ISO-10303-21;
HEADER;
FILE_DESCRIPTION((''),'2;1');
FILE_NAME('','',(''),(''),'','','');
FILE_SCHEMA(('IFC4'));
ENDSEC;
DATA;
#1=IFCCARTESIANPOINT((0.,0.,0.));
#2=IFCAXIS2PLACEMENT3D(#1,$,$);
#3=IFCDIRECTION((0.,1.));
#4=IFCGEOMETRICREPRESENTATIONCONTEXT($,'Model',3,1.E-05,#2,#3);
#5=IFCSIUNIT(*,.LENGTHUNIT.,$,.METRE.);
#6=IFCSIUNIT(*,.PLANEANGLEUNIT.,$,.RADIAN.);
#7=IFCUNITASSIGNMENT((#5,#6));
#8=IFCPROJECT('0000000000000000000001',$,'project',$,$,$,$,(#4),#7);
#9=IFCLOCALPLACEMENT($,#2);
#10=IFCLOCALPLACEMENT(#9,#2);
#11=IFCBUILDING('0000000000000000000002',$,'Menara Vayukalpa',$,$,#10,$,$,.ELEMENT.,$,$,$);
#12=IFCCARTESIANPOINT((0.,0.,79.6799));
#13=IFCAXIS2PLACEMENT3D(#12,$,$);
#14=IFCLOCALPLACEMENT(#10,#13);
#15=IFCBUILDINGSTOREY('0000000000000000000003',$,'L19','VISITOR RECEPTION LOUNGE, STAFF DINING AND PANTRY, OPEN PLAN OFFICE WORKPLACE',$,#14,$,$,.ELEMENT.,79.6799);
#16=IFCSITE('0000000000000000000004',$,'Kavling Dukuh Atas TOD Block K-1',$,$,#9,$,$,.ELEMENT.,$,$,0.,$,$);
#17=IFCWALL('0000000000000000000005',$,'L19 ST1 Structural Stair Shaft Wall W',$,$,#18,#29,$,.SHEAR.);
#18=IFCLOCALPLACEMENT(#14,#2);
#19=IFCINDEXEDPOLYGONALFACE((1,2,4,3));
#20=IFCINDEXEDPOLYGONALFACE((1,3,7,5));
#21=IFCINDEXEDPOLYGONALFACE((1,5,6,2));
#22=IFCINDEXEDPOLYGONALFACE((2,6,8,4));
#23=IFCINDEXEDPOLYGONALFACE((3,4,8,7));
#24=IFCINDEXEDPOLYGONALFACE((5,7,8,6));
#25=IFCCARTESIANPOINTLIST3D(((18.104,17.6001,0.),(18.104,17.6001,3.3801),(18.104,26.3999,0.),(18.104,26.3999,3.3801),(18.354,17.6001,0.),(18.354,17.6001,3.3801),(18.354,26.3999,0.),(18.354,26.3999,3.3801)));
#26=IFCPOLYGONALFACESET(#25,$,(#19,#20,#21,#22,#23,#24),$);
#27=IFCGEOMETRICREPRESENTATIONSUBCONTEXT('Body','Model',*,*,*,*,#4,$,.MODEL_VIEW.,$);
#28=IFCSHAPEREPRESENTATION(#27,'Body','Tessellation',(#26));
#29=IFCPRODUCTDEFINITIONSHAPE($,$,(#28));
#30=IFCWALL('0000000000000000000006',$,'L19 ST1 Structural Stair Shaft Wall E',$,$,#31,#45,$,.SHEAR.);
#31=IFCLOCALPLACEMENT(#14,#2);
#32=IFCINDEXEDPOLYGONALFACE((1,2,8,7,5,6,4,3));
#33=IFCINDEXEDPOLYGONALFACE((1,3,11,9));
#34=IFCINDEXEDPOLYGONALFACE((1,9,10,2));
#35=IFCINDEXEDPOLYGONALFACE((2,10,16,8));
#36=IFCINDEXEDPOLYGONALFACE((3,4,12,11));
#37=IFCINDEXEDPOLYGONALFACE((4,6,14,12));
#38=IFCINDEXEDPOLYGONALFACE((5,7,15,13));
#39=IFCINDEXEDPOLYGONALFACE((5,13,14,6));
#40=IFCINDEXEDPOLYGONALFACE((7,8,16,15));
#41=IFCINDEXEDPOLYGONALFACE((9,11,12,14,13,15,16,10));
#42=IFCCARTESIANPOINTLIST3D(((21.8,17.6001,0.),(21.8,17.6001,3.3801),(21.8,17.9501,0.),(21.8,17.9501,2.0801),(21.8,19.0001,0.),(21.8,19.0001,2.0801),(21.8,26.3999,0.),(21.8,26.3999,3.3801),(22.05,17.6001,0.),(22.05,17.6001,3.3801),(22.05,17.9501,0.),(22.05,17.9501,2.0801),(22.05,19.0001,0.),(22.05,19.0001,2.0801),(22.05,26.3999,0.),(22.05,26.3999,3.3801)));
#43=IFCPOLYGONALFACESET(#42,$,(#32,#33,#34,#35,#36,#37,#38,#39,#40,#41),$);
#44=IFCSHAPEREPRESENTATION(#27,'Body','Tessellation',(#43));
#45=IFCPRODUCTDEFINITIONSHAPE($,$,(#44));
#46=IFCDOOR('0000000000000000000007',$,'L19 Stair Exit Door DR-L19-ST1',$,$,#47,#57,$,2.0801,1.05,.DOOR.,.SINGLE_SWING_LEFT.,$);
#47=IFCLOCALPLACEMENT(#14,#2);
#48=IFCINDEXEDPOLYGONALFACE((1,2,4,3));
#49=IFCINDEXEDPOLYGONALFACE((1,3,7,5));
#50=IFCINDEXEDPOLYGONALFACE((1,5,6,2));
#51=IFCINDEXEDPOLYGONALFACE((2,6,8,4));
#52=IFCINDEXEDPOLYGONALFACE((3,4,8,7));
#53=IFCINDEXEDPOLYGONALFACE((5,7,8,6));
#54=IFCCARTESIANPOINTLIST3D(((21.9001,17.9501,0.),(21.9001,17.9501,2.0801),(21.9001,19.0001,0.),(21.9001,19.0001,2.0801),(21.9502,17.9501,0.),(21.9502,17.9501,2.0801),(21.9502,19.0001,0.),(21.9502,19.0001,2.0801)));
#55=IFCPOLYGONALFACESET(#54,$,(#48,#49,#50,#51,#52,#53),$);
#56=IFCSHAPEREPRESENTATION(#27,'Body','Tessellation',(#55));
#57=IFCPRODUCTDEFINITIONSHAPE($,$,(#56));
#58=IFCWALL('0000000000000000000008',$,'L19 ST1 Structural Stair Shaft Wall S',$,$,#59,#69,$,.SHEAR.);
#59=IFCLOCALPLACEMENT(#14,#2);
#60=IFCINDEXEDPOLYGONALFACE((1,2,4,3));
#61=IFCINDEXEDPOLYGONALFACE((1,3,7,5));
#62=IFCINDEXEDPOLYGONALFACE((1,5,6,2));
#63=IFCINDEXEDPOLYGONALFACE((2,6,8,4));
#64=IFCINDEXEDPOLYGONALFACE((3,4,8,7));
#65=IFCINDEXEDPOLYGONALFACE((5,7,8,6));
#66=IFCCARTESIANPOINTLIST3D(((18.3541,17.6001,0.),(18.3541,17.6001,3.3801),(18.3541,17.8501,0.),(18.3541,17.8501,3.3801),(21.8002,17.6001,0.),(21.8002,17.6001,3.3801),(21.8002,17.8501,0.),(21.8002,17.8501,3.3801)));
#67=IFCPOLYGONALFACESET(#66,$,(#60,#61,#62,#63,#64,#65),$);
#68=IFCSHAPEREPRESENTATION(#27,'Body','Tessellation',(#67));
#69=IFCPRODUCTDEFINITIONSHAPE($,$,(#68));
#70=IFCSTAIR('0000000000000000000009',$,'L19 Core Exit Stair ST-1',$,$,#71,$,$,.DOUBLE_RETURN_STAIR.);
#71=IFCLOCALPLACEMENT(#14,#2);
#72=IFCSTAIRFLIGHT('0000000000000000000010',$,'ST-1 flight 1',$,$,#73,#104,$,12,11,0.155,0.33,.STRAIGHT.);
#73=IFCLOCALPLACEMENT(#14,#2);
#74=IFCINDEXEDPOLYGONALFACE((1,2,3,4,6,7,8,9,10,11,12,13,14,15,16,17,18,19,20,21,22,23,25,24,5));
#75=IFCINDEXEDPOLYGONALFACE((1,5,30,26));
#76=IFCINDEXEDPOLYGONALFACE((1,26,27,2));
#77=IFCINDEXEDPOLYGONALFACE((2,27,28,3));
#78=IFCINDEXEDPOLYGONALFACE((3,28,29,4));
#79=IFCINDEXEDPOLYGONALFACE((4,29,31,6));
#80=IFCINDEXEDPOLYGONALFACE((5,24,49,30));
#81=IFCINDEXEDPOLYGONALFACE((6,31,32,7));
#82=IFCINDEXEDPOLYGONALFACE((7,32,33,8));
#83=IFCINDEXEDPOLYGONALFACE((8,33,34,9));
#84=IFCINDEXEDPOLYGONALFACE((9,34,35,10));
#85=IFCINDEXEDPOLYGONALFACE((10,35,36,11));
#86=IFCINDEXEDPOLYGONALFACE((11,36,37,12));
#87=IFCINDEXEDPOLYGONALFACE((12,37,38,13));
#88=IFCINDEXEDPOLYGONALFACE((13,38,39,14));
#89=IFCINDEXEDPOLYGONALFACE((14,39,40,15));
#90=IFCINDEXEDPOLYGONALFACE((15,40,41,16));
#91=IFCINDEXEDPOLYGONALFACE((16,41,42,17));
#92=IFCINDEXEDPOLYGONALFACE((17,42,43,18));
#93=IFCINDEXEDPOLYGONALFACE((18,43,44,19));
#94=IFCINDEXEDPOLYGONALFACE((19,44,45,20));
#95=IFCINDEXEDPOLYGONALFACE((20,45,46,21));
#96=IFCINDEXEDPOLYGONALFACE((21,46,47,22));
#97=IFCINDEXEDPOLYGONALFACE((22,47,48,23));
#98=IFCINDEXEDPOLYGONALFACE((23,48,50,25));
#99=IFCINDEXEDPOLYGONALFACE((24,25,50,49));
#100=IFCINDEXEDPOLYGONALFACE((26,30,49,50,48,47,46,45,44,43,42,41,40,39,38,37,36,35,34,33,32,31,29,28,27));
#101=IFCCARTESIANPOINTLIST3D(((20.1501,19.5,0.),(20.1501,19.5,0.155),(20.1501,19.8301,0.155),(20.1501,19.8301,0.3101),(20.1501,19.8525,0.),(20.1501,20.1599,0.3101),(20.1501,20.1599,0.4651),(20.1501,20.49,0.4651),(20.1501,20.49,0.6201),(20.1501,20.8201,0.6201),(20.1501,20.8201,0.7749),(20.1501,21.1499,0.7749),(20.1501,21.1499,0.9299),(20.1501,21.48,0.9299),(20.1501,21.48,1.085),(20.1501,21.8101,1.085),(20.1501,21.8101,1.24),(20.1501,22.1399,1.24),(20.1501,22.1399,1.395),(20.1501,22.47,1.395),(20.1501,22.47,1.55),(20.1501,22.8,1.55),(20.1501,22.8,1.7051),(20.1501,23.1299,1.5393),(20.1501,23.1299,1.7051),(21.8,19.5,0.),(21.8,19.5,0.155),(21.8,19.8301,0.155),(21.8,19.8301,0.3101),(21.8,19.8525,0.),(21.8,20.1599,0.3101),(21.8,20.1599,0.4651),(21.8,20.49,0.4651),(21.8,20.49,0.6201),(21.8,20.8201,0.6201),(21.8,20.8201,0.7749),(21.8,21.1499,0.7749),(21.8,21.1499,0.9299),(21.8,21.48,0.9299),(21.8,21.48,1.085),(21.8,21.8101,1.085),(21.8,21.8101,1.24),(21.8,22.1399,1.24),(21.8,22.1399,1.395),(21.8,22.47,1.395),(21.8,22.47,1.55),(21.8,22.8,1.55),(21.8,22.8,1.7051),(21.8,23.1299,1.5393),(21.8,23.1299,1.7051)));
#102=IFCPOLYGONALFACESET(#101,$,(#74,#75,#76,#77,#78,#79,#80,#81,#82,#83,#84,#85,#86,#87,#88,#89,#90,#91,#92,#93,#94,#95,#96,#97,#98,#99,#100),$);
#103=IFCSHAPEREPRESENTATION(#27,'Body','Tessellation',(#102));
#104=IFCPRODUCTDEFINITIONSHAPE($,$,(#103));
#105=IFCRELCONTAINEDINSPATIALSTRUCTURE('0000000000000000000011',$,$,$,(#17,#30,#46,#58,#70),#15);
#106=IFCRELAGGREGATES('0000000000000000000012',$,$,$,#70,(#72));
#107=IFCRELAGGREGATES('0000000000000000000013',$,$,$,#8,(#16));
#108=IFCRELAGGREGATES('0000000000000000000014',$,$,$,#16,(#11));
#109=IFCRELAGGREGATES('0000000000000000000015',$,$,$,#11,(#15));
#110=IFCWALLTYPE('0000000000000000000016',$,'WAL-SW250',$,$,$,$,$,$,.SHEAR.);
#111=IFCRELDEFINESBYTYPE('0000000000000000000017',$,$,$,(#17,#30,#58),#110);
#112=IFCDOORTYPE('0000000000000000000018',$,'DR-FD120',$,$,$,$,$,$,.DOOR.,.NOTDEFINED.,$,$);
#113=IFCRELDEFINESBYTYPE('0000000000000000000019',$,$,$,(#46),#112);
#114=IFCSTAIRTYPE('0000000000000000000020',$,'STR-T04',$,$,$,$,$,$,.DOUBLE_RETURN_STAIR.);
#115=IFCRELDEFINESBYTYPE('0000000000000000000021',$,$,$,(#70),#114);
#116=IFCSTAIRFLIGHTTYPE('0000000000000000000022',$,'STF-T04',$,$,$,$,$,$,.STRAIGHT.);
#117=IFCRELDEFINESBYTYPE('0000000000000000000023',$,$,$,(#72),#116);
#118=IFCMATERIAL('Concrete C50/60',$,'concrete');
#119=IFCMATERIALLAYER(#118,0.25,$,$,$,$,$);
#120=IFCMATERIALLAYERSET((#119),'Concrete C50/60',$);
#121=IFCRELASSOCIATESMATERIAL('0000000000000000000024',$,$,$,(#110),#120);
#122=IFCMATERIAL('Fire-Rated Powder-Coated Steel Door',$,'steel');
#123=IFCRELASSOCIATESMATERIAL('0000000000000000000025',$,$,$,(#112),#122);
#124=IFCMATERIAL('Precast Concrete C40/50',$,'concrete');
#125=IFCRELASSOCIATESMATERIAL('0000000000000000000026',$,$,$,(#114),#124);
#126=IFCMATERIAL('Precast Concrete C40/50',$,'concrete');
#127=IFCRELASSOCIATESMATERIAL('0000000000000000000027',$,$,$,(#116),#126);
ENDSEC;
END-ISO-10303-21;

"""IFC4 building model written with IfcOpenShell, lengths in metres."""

from ifc_helpers import new_model, si_unit, direction, frame, frame_2d, origin, place, context, subcontext, project, spatial, polyline, rectangle, outline, extrude, material, layer, layer_set, type_object, element, fill, aggregate, save


model = new_model("IFC4")

# Units and contexts
model_context = context("Model", 3, precision=1e-05, world=origin(), true_north=direction((0.0, 1.0)))
body_context = subcontext(model_context, "Body", "Model", "MODEL_VIEW")
ifc_project = project(units=[si_unit("LENGTHUNIT", "METRE"), si_unit("PLANEANGLEUNIT", "RADIAN")], contexts=[model_context])

# Site, building, storey
site_placement = place(None, origin())
site = spatial("IfcSite", under=ifc_project, at=site_placement, Name="Kavling Dukuh Atas TOD Block K-1", CompositionType="ELEMENT", RefElevation=0.0)
building_placement = place(site_placement, origin())
building = spatial("IfcBuilding", under=site, at=building_placement, Name="Menara Vayukalpa", CompositionType="ELEMENT")
storey_placement = place(building_placement, frame((0.0, 0.0, 79.6799)))
storey = spatial("IfcBuildingStorey", under=building, at=storey_placement, Name="L19", Description="VISITOR RECEPTION LOUNGE, STAFF DINING AND PANTRY, OPEN PLAN OFFICE WORKPLACE", CompositionType="ELEMENT", Elevation=79.6799)

# Wall
ifc_material_1 = material(Name="Concrete C50/60", Category="concrete")
ifc_layer_1 = layer(ifc_material_1, 0.25)
ifc_layer_set_1 = layer_set([ifc_layer_1], Name="Concrete C50/60")
wall_type_1 = type_object("IfcWallType", Name="WAL-SW250", PredefinedType="SHEAR", material=ifc_layer_set_1)
wall_1_placement = place(storey_placement, frame((18.229, 17.6001, 0.0), z_axis=(0.0, 0.0, 1.0), x_axis=(0.0, 1.0, 0.0)))
element("IfcWall", 1, at=wall_1_placement, inside=storey, type_object=wall_type_1, Name="L19 ST1 Structural Stair Shaft Wall W", PredefinedType="SHEAR", context=body_context, shape_type="SweptSolid", body=[
    extrude(rectangle(XDim=8.7998, YDim=0.25, at=frame_2d((4.3999, 0.0))), origin(), (0.0, 0.0, 1.0), 3.3801),
])

# Wall, opening, door
wall_2_placement = place(storey_placement, frame((21.925, 17.6001, 0.0), z_axis=(0.0, 0.0, 1.0), x_axis=(0.0, 1.0, 0.0)))
wall_2 = element("IfcWall", 2, at=wall_2_placement, inside=storey, type_object=wall_type_1, Name="L19 ST1 Structural Stair Shaft Wall E", PredefinedType="SHEAR", context=body_context, shape_type="SweptSolid", body=[
    extrude(rectangle(XDim=8.7998, YDim=0.25, at=frame_2d((4.3999, 0.0))), origin(), (0.0, 0.0, 1.0), 3.3801),
])
opening_1_placement = place(wall_2_placement, frame((0.3501, 0.0, 0.0)))
opening_1 = element("IfcOpeningElement", 3, at=opening_1_placement, cuts=wall_2, PredefinedType="OPENING", context=body_context, shape_type="SweptSolid", body=[
    extrude(rectangle(XDim=1.05, YDim=2.0801, at=frame_2d((0.5249, 1.04))), frame((0.0, 0.135, 0.0), z_axis=(0.0, -1.0, 0.0), x_axis=(1.0, 0.0, 0.0)), (0.0, 0.0, 1.0), 0.27),
])
ifc_material_2 = material(Name="Fire-Rated Powder-Coated Steel Door", Category="steel")
door_type_1 = type_object("IfcDoorType", Name="DR-FD120", OperationType="NOTDEFINED", PredefinedType="DOOR", material=ifc_material_2)
door_1_placement = place(opening_1_placement, origin())
door_1 = element("IfcDoor", 4, at=door_1_placement, inside=storey, type_object=door_type_1, Name="L19 Stair Exit Door DR-L19-ST1", OperationType="SINGLE_SWING_LEFT", OverallHeight=2.0801, OverallWidth=1.05, PredefinedType="DOOR", context=body_context, shape_type="SweptSolid", body=[
    extrude(rectangle(XDim=1.05, YDim=2.0801, at=frame_2d((0.5249, 1.04))), frame((0.0, 0.0249, 0.0), z_axis=(0.0, -1.0, 0.0), x_axis=(1.0, 0.0, 0.0)), (0.0, 0.0, 1.0), 0.05),
])
fill(opening_1, door_1)

# Wall
wall_3_placement = place(storey_placement, frame((18.354, 17.7251, 0.0), z_axis=(0.0, 0.0, 1.0), x_axis=(1.0, 0.0, 0.0)))
element("IfcWall", 5, at=wall_3_placement, inside=storey, type_object=wall_type_1, Name="L19 ST1 Structural Stair Shaft Wall S", PredefinedType="SHEAR", context=body_context, shape_type="SweptSolid", body=[
    extrude(rectangle(XDim=3.446, YDim=0.25, at=frame_2d((1.7231, 0.0))), origin(), (0.0, 0.0, 1.0), 3.3801),
])

# Stair, stair flight
ifc_material_3 = material(Name="Precast Concrete C40/50", Category="concrete")
stair_type = type_object("IfcStairType", Name="STR-T04", PredefinedType="DOUBLE_RETURN_STAIR", material=ifc_material_3)
stair_placement = place(storey_placement, origin())
stair = element("IfcStair", 6, at=stair_placement, inside=storey, type_object=stair_type, Name="L19 Core Exit Stair ST-1", PredefinedType="DOUBLE_RETURN_STAIR")
ifc_material_4 = material(Name="Precast Concrete C40/50", Category="concrete")
stair_flight_type = type_object("IfcStairFlightType", Name="STF-T04", PredefinedType="STRAIGHT", material=ifc_material_4)
stair_flight_placement = place(storey_placement, frame((20.9751, 19.5, 0.0), z_axis=(0.0, 0.0, 1.0), x_axis=(0.0, 1.0, 0.0)))
stair_flight = element("IfcStairFlight", 7, at=stair_flight_placement, type_object=stair_flight_type, Name="ST-1 flight 1", NumberOfRisers=12, NumberOfTreads=11, PredefinedType="STRAIGHT", RiserHeight=0.155, TreadLength=0.33, context=body_context, shape_type="SweptSolid", body=[
    extrude(outline(polyline([(0.0, 0.0), (0.0, 0.155), (0.3301, 0.155), (0.3301, 0.3101), (0.6599, 0.3101), (0.6599, 0.4651), (0.99, 0.4651), (0.99, 0.6201), (1.3201, 0.6201), (1.3201, 0.7749), (1.6499, 0.7749), (1.6499, 0.9299), (1.98, 0.9299), (1.98, 1.085), (2.3101, 1.085), (2.3101, 1.24), (2.6399, 1.24), (2.6399, 1.395), (2.97, 1.395), (2.97, 1.55), (3.3, 1.55), (3.3, 1.7051), (3.6299, 1.7051), (3.6299, 1.8601), (3.6299, 1.5393), (0.3525, 0.0), (0.0, 0.0)])), frame((0.0, 0.825, 0.0), z_axis=(0.0, -1.0, 0.0), x_axis=(1.0, 0.0, 0.0)), (0.0, 0.0, 1.0), 1.6499),
])
aggregate(stair, [stair_flight])

save(model, "model.ifc")
